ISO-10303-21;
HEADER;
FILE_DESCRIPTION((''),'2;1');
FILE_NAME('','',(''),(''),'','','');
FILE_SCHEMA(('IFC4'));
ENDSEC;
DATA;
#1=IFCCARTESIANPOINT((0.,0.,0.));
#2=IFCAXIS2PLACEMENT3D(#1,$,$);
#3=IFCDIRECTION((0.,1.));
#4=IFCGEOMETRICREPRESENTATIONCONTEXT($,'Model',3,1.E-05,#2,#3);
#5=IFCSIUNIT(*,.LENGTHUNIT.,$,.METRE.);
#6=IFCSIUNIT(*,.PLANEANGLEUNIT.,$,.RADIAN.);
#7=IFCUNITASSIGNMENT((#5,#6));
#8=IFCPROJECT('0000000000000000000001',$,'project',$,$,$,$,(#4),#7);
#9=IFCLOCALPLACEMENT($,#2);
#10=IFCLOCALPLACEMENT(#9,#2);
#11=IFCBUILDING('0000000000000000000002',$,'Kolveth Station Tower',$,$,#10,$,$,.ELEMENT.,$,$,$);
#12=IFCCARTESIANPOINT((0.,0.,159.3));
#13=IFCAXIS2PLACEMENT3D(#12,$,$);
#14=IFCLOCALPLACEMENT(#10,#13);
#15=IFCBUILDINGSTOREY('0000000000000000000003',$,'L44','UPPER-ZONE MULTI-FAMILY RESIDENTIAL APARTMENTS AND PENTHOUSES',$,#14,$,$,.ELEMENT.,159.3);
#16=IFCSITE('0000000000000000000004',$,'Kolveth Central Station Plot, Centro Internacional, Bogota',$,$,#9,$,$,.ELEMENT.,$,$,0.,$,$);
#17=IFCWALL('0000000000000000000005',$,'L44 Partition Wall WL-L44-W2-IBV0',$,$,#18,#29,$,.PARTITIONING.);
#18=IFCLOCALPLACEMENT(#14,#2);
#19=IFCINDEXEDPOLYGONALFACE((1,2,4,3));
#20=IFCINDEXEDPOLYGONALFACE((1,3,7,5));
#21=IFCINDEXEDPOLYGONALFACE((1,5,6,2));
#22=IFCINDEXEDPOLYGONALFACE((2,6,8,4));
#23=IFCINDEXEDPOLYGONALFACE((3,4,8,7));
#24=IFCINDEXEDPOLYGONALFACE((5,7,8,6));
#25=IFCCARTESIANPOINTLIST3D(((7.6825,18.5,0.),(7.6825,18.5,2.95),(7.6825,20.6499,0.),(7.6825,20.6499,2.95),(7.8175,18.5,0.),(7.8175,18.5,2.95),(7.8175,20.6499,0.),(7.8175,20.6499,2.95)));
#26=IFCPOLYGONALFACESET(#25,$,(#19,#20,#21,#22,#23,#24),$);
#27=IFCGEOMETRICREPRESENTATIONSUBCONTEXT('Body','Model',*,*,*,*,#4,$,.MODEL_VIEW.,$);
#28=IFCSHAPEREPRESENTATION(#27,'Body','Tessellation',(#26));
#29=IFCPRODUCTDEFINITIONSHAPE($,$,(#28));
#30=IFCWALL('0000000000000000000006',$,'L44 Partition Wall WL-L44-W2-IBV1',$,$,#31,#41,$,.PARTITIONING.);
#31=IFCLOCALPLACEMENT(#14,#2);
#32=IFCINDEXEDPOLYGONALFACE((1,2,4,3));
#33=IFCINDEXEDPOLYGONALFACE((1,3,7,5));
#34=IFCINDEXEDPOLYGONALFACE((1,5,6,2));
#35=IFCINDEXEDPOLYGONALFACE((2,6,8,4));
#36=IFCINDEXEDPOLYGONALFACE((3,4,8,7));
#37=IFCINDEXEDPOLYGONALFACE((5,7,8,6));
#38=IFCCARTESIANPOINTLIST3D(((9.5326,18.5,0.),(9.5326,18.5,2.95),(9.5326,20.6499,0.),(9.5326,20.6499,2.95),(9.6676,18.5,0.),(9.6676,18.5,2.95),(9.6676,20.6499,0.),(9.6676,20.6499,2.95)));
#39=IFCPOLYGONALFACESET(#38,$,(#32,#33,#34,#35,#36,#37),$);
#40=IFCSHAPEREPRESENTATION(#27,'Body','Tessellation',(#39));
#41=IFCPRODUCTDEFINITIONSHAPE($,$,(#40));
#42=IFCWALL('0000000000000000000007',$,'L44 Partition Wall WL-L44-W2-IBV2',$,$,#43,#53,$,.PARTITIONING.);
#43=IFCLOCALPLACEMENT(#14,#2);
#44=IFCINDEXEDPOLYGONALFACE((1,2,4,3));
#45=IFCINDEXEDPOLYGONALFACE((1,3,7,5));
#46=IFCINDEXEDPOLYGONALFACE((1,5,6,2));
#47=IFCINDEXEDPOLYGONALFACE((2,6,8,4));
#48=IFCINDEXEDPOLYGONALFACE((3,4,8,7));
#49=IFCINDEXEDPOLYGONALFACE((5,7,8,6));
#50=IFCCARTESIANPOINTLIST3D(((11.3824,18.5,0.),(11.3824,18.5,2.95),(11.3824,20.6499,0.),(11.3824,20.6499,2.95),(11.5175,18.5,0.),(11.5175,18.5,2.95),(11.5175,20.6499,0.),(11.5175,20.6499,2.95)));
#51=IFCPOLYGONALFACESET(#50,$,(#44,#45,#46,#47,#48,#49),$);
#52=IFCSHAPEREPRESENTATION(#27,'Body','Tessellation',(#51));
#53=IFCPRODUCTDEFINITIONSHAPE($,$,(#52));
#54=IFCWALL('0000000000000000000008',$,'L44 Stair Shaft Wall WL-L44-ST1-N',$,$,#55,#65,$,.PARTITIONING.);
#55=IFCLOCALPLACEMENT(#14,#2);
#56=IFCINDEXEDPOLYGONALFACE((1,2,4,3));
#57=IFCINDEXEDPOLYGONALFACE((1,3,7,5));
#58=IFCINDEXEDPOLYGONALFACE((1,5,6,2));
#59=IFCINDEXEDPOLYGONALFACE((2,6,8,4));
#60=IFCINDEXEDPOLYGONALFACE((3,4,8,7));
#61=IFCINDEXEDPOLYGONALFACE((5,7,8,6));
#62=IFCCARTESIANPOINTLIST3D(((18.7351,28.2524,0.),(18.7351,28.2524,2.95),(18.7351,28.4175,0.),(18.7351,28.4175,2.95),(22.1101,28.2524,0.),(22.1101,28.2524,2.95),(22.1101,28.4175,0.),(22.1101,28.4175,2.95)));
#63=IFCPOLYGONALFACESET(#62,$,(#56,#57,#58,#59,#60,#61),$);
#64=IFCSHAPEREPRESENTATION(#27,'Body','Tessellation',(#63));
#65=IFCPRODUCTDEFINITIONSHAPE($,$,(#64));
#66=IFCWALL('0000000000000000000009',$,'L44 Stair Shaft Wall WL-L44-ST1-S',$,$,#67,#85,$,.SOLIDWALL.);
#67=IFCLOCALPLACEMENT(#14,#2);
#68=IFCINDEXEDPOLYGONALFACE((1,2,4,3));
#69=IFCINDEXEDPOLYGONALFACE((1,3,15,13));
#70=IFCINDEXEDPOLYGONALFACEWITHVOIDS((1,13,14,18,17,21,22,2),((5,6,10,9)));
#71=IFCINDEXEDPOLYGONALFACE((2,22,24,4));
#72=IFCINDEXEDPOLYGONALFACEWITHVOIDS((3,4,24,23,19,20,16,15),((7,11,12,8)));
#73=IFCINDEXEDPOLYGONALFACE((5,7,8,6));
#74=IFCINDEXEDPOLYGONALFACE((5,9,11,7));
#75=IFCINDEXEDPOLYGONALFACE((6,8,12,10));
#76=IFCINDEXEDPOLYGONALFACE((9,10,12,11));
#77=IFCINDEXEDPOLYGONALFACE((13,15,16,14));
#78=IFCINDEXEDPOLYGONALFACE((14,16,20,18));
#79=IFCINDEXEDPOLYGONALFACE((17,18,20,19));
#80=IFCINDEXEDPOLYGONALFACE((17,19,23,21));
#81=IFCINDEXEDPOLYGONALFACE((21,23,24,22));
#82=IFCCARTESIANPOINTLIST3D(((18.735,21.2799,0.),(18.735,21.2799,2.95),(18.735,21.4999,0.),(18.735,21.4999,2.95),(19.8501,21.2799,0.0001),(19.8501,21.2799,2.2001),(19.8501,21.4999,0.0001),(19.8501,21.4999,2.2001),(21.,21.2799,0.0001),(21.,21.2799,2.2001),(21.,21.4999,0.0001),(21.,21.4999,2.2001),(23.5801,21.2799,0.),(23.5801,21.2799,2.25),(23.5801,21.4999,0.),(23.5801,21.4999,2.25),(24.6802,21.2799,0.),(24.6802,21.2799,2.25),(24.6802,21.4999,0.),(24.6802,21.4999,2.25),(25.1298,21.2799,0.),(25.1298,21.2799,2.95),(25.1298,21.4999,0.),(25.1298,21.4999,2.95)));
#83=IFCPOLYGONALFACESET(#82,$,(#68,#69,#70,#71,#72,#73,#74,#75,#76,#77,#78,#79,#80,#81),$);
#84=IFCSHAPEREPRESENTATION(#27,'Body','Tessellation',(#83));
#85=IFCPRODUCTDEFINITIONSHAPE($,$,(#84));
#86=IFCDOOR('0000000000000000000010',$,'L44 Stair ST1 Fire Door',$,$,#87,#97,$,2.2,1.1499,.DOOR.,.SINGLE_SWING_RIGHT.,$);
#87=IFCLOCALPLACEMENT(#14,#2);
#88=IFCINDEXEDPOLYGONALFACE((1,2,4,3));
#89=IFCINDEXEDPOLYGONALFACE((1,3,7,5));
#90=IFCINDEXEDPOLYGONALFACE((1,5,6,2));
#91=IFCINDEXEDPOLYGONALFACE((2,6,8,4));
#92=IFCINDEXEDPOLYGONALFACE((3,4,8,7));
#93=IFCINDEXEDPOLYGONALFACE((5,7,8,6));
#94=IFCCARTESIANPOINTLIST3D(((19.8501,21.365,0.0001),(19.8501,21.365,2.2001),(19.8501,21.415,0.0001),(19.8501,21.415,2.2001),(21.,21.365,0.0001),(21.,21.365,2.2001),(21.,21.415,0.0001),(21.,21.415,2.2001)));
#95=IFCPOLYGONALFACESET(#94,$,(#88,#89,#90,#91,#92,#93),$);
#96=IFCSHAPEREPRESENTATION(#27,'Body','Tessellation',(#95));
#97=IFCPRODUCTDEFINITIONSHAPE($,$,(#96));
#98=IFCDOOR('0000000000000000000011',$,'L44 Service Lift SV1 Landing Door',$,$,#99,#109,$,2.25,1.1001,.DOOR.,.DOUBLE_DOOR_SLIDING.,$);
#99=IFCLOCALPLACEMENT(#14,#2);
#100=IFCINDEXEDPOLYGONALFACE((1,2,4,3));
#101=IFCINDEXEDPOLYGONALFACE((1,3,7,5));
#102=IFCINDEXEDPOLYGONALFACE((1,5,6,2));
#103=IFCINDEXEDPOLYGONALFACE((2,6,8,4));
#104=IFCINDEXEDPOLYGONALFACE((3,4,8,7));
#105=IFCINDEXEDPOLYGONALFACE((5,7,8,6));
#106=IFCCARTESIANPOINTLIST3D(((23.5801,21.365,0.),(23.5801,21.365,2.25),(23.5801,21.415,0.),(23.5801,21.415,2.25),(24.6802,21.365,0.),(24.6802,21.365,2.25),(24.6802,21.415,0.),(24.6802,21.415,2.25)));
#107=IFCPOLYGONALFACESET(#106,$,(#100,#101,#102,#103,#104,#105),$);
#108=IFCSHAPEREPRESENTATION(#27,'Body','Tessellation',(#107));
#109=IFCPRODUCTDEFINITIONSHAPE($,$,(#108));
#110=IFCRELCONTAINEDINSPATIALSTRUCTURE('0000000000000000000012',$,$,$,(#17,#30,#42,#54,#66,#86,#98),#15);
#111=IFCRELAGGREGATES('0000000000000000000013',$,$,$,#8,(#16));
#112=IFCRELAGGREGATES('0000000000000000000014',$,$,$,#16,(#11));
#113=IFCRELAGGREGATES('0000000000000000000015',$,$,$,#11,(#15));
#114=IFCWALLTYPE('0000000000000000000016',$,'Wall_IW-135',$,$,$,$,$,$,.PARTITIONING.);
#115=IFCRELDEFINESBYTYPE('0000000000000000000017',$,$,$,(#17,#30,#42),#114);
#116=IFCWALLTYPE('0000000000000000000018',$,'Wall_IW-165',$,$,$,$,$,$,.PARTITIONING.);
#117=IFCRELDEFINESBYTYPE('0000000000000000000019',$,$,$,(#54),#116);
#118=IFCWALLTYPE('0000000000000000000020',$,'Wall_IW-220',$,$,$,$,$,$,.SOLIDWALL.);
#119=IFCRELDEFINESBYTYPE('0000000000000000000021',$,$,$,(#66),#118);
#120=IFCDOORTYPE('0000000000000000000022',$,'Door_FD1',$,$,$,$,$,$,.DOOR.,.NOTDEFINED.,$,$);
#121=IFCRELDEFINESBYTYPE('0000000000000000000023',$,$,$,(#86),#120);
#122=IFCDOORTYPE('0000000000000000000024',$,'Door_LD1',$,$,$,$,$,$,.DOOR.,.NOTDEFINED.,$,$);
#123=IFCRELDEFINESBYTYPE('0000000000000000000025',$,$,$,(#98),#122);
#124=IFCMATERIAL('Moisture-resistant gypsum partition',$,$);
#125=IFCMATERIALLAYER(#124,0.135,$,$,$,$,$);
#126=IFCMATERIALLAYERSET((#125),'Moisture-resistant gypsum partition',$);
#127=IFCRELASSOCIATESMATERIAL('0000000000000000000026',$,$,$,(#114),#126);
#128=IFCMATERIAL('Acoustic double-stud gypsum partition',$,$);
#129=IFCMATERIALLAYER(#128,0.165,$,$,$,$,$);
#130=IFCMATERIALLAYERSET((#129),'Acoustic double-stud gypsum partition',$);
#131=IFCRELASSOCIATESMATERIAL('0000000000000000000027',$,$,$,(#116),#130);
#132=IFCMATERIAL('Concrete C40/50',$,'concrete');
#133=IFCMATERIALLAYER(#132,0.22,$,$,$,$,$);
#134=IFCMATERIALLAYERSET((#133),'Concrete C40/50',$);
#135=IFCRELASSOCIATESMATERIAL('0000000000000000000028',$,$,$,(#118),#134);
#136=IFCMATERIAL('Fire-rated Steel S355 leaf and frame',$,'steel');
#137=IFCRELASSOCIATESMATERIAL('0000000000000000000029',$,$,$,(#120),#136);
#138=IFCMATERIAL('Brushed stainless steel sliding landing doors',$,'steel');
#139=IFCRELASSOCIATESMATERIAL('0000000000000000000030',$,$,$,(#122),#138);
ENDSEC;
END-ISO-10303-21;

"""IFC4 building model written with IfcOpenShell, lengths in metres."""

from ifc_helpers import new_model, si_unit, direction, frame, frame_2d, origin, place, context, subcontext, project, spatial, rectangle, extrude, material, layer, layer_set, type_object, element, fill, save


model = new_model("IFC4")

# Units and contexts
model_context = context("Model", 3, precision=1e-05, world=origin(), true_north=direction((0.0, 1.0)))
body_context = subcontext(model_context, "Body", "Model", "MODEL_VIEW")
ifc_project = project(units=[si_unit("LENGTHUNIT", "METRE"), si_unit("PLANEANGLEUNIT", "RADIAN")], contexts=[model_context])

# Site, building, storey
site_placement = place(None, origin())
site = spatial("IfcSite", under=ifc_project, at=site_placement, Name="Kolveth Central Station Plot, Centro Internacional, Bogota", CompositionType="ELEMENT", RefElevation=0.0)
building_placement = place(site_placement, origin())
building = spatial("IfcBuilding", under=site, at=building_placement, Name="Kolveth Station Tower", CompositionType="ELEMENT")
storey_placement = place(building_placement, frame((0.0, 0.0, 159.3)))
storey = spatial("IfcBuildingStorey", under=building, at=storey_placement, Name="L44", Description="UPPER-ZONE MULTI-FAMILY RESIDENTIAL APARTMENTS AND PENTHOUSES", CompositionType="ELEMENT", Elevation=159.3)

# Shared definitions
ifc_material_1 = material(Name="Moisture-resistant gypsum partition")
ifc_layer_1 = layer(ifc_material_1, 0.135)
ifc_layer_set_1 = layer_set([ifc_layer_1], Name="Moisture-resistant gypsum partition")
wall_type_1 = type_object("IfcWallType", Name="Wall_IW-135", PredefinedType="PARTITIONING", material=ifc_layer_set_1)

# Walls
for number, where, z_axis, x_axis, name in (
    (1, (7.75, 18.5, 0.0), (0.0, 0.0, 1.0), (0.0, 1.0, 0.0), "L44 Partition Wall WL-L44-W2-IBV0"),
    (2, (9.6001, 18.5, 0.0), (0.0, 0.0, 1.0), (0.0, 1.0, 0.0), "L44 Partition Wall WL-L44-W2-IBV1"),
    (3, (11.45, 18.5, 0.0), (0.0, 0.0, 1.0), (0.0, 1.0, 0.0), "L44 Partition Wall WL-L44-W2-IBV2"),
):
    element("IfcWall", number, at=place(storey_placement, frame(where, z_axis=z_axis, x_axis=x_axis)), inside=storey, type_object=wall_type_1, Name=name, PredefinedType="PARTITIONING", context=body_context, shape_type="SweptSolid", body=[
        extrude(rectangle(XDim=2.1499, YDim=0.135, at=frame_2d((1.075, 0.0))), origin(), (0.0, 0.0, 1.0), 2.95),
    ])
ifc_material_2 = material(Name="Acoustic double-stud gypsum partition")
ifc_layer_2 = layer(ifc_material_2, 0.165)
ifc_layer_set_2 = layer_set([ifc_layer_2], Name="Acoustic double-stud gypsum partition")
wall_type_2 = type_object("IfcWallType", Name="Wall_IW-165", PredefinedType="PARTITIONING", material=ifc_layer_set_2)
wall_1_placement = place(storey_placement, frame((18.7351, 28.335, 0.0), z_axis=(0.0, 0.0, 1.0), x_axis=(1.0, 0.0, 0.0)))
element("IfcWall", 4, at=wall_1_placement, inside=storey, type_object=wall_type_2, Name="L44 Stair Shaft Wall WL-L44-ST1-N", PredefinedType="PARTITIONING", context=body_context, shape_type="SweptSolid", body=[
    extrude(rectangle(XDim=3.375, YDim=0.165, at=frame_2d((1.6875, 0.0))), origin(), (0.0, 0.0, 1.0), 2.95),
])

# Wall, openings, doors
ifc_material_3 = material(Name="Concrete C40/50", Category="concrete")
ifc_layer_3 = layer(ifc_material_3, 0.22)
ifc_layer_set_3 = layer_set([ifc_layer_3], Name="Concrete C40/50")
wall_type_3 = type_object("IfcWallType", Name="Wall_IW-220", PredefinedType="SOLIDWALL", material=ifc_layer_set_3)
wall_2_placement = place(storey_placement, frame((18.7351, 21.3899, 0.0), z_axis=(0.0, 0.0, 1.0), x_axis=(1.0, 0.0, 0.0)))
wall_2 = element("IfcWall", 5, at=wall_2_placement, inside=storey, type_object=wall_type_3, Name="L44 Stair Shaft Wall WL-L44-ST1-S", PredefinedType="SOLIDWALL", context=body_context, shape_type="SweptSolid", body=[
    extrude(rectangle(XDim=6.3948, YDim=0.22, at=frame_2d((3.1973, 0.0))), origin(), (0.0, 0.0, 1.0), 2.95),
])
opening_1_placement = place(wall_2_placement, frame((1.115, 0.0, 0.0)))
opening_1 = element("IfcOpeningElement", 6, at=opening_1_placement, cuts=wall_2, PredefinedType="OPENING", context=body_context, shape_type="SweptSolid", body=[
    extrude(rectangle(XDim=1.1499, YDim=2.2, at=frame_2d((0.575, 1.1001))), frame((0.0, 0.1199, 0.0), z_axis=(0.0, -1.0, 0.0), x_axis=(1.0, 0.0, 0.0)), (0.0, 0.0, 1.0), 0.24),
])
opening_2_placement = place(wall_2_placement, frame((4.845, 0.0, 0.0)))
opening_2 = element("IfcOpeningElement", 7, at=opening_2_placement, cuts=wall_2, PredefinedType="OPENING", context=body_context, shape_type="SweptSolid", body=[
    extrude(rectangle(XDim=1.1001, YDim=2.25, at=frame_2d((0.55, 1.125))), frame((0.0, 0.1199, 0.0), z_axis=(0.0, -1.0, 0.0), x_axis=(1.0, 0.0, 0.0)), (0.0, 0.0, 1.0), 0.24),
])
ifc_material_4 = material(Name="Fire-rated Steel S355 leaf and frame", Category="steel")
door_type_1 = type_object("IfcDoorType", Name="Door_FD1", OperationType="NOTDEFINED", PredefinedType="DOOR", material=ifc_material_4)
door_1_placement = place(opening_1_placement, frame((1.1499, 0.0, 0.0), z_axis=(0.0, 0.0, 1.0), x_axis=(-1.0, 0.0, 0.0)))
door_1 = element("IfcDoor", 8, at=door_1_placement, inside=storey, type_object=door_type_1, Name="L44 Stair ST1 Fire Door", OperationType="SINGLE_SWING_RIGHT", OverallHeight=2.2, OverallWidth=1.1499, PredefinedType="DOOR", context=body_context, shape_type="SweptSolid", body=[
    extrude(rectangle(XDim=1.1499, YDim=2.2, at=frame_2d((0.575, 1.1001))), frame((0.0, 0.0249, 0.0), z_axis=(0.0, -1.0, 0.0), x_axis=(1.0, 0.0, 0.0)), (0.0, 0.0, 1.0), 0.05),
])
fill(opening_1, door_1)
ifc_material_5 = material(Name="Brushed stainless steel sliding landing doors", Category="steel")
door_type_2 = type_object("IfcDoorType", Name="Door_LD1", OperationType="NOTDEFINED", PredefinedType="DOOR", material=ifc_material_5)
door_2_placement = place(opening_2_placement, frame((1.1001, 0.0, 0.0), z_axis=(0.0, 0.0, 1.0), x_axis=(-1.0, 0.0, 0.0)))
door_2 = element("IfcDoor", 9, at=door_2_placement, inside=storey, type_object=door_type_2, Name="L44 Service Lift SV1 Landing Door", OperationType="DOUBLE_DOOR_SLIDING", OverallHeight=2.25, OverallWidth=1.1001, PredefinedType="DOOR", context=body_context, shape_type="SweptSolid", body=[
    extrude(rectangle(XDim=1.1001, YDim=2.25, at=frame_2d((0.55, 1.125))), frame((0.0, 0.0249, 0.0), z_axis=(0.0, -1.0, 0.0), x_axis=(1.0, 0.0, 0.0)), (0.0, 0.0, 1.0), 0.05),
])
fill(opening_2, door_2)

save(model, "model.ifc")
